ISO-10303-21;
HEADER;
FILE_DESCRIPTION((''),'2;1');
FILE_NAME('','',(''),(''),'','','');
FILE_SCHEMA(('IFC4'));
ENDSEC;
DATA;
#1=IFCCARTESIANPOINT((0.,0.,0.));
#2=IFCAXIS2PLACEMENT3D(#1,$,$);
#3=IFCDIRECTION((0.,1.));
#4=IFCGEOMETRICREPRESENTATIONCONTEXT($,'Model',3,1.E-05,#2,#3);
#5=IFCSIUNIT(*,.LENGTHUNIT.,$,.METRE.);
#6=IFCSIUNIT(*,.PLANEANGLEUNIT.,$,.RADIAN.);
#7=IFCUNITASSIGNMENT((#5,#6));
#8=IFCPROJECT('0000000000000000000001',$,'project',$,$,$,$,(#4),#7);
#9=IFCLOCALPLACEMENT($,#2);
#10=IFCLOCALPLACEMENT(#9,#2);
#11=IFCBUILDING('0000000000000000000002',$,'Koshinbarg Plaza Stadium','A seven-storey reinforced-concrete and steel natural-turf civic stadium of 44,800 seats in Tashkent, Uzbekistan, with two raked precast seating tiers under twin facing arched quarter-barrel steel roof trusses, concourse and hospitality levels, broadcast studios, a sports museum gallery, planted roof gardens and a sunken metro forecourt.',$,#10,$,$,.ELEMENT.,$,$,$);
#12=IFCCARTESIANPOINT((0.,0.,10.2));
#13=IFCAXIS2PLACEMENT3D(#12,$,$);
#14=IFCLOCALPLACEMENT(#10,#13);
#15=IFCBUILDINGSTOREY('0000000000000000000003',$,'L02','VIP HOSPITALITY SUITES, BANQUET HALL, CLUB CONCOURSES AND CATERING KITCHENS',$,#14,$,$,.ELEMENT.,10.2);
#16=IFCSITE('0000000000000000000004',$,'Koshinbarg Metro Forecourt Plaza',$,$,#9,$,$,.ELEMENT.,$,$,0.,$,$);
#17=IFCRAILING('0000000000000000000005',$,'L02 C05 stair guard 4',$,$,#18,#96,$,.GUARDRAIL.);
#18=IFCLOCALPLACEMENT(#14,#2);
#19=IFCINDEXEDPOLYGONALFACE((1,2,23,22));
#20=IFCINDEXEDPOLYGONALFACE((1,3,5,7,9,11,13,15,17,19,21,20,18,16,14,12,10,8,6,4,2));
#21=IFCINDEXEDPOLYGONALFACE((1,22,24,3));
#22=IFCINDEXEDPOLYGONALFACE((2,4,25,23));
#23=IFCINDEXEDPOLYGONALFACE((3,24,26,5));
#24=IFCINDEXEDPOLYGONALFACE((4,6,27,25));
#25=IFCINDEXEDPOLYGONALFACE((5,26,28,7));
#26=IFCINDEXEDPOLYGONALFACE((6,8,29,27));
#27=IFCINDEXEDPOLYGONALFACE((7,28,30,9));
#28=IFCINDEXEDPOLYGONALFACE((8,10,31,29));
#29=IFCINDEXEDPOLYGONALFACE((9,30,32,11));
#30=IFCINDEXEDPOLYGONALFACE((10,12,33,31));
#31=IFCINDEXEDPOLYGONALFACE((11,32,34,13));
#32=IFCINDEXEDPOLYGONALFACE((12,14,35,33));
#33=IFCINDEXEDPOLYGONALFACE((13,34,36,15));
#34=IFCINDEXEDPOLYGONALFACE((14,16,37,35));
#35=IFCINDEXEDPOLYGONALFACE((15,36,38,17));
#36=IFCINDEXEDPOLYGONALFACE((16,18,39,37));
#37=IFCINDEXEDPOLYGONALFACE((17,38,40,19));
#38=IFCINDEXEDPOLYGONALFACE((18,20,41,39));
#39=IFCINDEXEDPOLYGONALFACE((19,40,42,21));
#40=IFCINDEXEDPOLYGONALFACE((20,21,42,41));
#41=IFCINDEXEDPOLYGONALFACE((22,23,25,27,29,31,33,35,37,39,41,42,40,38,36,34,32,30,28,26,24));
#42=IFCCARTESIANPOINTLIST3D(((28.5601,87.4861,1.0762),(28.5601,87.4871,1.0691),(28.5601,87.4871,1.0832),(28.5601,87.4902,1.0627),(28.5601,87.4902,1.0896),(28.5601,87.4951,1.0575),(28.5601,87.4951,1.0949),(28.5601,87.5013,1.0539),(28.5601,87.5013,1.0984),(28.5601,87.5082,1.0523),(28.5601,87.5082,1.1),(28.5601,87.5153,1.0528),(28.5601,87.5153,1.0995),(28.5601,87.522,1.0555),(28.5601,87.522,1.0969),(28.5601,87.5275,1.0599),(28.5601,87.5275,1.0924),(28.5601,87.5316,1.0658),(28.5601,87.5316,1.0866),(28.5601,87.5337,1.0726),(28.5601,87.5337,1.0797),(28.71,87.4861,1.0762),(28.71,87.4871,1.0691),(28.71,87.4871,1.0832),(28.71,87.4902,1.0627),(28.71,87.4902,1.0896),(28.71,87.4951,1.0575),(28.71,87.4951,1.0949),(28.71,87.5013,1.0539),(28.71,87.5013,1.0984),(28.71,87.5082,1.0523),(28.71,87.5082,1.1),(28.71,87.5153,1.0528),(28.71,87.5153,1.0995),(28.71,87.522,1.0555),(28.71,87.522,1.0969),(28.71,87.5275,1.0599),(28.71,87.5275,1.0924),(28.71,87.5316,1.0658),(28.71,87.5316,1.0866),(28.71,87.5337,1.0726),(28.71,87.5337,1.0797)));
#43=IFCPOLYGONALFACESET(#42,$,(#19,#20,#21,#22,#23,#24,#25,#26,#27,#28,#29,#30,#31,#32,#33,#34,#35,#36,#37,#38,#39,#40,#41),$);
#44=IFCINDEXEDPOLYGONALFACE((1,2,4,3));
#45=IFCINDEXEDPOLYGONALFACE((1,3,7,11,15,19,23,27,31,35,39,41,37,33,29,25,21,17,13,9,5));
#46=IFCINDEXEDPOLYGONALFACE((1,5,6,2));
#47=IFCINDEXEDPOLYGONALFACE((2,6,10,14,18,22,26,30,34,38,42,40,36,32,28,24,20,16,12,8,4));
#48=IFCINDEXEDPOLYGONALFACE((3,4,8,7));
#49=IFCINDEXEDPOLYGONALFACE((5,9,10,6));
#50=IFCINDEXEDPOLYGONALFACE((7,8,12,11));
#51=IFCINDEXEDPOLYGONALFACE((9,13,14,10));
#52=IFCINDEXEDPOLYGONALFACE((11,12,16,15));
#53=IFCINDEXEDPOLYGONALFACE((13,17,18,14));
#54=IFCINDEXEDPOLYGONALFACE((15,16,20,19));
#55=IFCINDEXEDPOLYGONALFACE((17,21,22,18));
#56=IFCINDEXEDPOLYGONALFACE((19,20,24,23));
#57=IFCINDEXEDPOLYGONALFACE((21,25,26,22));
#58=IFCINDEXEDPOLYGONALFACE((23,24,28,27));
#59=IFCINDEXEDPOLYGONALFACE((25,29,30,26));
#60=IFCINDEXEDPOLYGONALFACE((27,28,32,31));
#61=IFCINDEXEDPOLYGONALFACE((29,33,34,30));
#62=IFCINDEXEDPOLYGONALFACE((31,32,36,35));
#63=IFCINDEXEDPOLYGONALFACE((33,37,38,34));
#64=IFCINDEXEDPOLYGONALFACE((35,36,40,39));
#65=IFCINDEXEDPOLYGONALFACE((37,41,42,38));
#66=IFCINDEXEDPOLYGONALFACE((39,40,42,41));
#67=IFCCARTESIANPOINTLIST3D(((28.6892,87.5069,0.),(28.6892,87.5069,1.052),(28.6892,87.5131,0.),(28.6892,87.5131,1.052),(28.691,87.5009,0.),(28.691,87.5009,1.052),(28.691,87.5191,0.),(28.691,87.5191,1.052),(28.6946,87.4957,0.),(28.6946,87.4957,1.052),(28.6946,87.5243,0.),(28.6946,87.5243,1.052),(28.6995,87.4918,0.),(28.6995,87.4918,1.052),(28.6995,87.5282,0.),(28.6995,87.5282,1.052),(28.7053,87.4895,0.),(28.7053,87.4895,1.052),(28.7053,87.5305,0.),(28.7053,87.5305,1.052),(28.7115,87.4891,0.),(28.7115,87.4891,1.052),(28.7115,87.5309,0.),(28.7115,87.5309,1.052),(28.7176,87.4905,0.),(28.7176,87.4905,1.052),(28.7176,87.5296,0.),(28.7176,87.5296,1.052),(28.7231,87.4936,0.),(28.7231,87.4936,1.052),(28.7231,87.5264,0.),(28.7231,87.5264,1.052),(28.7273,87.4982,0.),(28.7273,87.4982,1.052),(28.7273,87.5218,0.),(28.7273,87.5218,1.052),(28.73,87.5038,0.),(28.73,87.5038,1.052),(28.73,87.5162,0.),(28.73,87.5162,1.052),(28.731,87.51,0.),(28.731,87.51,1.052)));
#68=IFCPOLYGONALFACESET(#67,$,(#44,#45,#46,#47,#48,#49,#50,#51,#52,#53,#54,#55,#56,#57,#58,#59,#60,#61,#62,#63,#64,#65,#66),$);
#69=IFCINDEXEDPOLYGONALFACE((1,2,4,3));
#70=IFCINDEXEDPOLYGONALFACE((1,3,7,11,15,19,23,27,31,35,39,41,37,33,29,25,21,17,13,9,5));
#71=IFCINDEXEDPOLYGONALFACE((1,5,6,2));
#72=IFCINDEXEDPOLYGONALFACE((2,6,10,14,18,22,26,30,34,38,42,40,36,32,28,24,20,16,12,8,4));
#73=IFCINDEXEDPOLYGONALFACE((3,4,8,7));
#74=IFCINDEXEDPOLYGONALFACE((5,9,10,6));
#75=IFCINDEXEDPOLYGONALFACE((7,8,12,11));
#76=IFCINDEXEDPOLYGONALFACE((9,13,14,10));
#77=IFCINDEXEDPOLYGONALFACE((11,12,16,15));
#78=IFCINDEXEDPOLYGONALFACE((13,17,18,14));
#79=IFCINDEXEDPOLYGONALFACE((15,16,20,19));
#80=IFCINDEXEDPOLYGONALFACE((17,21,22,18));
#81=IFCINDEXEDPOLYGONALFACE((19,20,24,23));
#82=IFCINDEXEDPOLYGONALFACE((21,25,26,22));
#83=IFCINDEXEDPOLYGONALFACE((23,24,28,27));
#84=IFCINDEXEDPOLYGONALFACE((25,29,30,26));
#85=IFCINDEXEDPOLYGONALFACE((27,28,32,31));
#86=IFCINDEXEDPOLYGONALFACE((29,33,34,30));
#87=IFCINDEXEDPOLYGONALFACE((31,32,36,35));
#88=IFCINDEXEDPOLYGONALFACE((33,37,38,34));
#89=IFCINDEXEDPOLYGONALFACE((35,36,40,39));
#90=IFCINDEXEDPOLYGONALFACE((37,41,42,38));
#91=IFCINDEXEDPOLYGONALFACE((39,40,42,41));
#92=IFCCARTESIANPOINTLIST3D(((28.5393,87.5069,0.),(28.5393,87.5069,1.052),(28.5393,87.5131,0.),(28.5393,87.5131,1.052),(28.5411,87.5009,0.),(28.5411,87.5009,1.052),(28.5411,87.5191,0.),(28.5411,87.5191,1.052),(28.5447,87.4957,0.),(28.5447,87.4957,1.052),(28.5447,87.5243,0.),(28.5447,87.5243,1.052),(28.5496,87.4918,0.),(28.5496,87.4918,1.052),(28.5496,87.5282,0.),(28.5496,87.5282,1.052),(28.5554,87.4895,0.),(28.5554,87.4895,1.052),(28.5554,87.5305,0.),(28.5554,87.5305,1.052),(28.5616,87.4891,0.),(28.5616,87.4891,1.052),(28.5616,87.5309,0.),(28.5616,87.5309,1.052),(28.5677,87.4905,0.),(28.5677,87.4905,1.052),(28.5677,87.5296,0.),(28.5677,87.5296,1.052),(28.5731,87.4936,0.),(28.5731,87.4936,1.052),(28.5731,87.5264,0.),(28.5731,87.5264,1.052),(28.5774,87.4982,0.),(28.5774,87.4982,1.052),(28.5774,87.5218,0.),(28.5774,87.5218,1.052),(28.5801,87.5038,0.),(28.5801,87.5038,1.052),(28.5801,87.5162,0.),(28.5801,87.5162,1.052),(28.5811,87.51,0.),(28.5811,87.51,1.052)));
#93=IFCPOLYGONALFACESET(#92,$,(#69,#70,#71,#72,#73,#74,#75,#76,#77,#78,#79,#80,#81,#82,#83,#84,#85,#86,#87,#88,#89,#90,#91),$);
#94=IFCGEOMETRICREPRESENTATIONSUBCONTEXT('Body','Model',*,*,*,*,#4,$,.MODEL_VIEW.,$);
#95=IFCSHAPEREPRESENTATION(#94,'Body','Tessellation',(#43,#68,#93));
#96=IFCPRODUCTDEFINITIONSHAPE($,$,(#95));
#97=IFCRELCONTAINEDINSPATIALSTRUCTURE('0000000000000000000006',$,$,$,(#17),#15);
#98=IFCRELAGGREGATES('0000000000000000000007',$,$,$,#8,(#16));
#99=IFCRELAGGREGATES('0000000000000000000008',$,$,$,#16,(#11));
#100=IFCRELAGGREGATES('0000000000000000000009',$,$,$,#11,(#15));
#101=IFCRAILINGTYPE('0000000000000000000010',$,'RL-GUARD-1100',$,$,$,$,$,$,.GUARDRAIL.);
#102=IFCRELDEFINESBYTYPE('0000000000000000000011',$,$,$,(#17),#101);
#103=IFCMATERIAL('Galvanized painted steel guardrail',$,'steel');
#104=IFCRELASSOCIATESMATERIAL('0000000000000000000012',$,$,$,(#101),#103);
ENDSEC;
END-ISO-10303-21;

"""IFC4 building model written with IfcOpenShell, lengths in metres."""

from ifc_helpers import new_model, si_unit, direction, frame, origin, origin_2d, place, context, subcontext, project, spatial, circle, extrude, material, type_object, element, save


model = new_model("IFC4")

# Units and contexts
model_context = context("Model", 3, precision=1e-05, world=origin(), true_north=direction((0.0, 1.0)))
body_context = subcontext(model_context, "Body", "Model", "MODEL_VIEW")
ifc_project = project(units=[si_unit("LENGTHUNIT", "METRE"), si_unit("PLANEANGLEUNIT", "RADIAN")], contexts=[model_context])

# Site, building, storey
site_placement = place(None, origin())
site = spatial("IfcSite", under=ifc_project, at=site_placement, Name="Koshinbarg Metro Forecourt Plaza", CompositionType="ELEMENT", RefElevation=0.0)
building_placement = place(site_placement, origin())
building = spatial("IfcBuilding", under=site, at=building_placement, Name="Koshinbarg Plaza Stadium", Description="A seven-storey reinforced-concrete and steel natural-turf civic stadium of 44,800 seats in Tashkent, Uzbekistan, with two raked precast seating tiers under twin facing arched quarter-barrel steel roof trusses, concourse and hospitality levels, broadcast studios, a sports museum gallery, planted roof gardens and a sunken metro forecourt.", CompositionType="ELEMENT")
storey_placement = place(building_placement, frame((0.0, 0.0, 10.2)))
storey = spatial("IfcBuildingStorey", under=building, at=storey_placement, Name="L02", Description="VIP HOSPITALITY SUITES, BANQUET HALL, CLUB CONCOURSES AND CATERING KITCHENS", CompositionType="ELEMENT", Elevation=10.2)

# Railing
ifc_material_1 = material(Name="Galvanized painted steel guardrail", Category="steel")
railing_type_1 = type_object("IfcRailingType", Name="RL-GUARD-1100", PredefinedType="GUARDRAIL", material=ifc_material_1)
railing_1_placement = place(storey_placement, frame((28.71, 87.51, 0.0)))
element("IfcRailing", 1, at=railing_1_placement, inside=storey, type_object=railing_type_1, Name="L02 C05 stair guard 4", PredefinedType="GUARDRAIL", context=body_context, shape_type="SweptSolid", body=[
    extrude(circle(Radius=0.0239, at=origin_2d()), frame((0.0, 0.0, 1.0762), z_axis=(-1.0, 0.0, 0.0), x_axis=(0.0, -1.0, 0.0)), (0.0, 0.0, 1.0), 0.1499),
    extrude(circle(Radius=0.021, at=origin_2d()), origin(), (0.0, 0.0, 1.0), 1.052),
    extrude(circle(Radius=0.021, at=origin_2d()), frame((-0.1499, 0.0, 0.0)), (0.0, 0.0, 1.0), 1.052),
])

save(model, "model.ifc")
